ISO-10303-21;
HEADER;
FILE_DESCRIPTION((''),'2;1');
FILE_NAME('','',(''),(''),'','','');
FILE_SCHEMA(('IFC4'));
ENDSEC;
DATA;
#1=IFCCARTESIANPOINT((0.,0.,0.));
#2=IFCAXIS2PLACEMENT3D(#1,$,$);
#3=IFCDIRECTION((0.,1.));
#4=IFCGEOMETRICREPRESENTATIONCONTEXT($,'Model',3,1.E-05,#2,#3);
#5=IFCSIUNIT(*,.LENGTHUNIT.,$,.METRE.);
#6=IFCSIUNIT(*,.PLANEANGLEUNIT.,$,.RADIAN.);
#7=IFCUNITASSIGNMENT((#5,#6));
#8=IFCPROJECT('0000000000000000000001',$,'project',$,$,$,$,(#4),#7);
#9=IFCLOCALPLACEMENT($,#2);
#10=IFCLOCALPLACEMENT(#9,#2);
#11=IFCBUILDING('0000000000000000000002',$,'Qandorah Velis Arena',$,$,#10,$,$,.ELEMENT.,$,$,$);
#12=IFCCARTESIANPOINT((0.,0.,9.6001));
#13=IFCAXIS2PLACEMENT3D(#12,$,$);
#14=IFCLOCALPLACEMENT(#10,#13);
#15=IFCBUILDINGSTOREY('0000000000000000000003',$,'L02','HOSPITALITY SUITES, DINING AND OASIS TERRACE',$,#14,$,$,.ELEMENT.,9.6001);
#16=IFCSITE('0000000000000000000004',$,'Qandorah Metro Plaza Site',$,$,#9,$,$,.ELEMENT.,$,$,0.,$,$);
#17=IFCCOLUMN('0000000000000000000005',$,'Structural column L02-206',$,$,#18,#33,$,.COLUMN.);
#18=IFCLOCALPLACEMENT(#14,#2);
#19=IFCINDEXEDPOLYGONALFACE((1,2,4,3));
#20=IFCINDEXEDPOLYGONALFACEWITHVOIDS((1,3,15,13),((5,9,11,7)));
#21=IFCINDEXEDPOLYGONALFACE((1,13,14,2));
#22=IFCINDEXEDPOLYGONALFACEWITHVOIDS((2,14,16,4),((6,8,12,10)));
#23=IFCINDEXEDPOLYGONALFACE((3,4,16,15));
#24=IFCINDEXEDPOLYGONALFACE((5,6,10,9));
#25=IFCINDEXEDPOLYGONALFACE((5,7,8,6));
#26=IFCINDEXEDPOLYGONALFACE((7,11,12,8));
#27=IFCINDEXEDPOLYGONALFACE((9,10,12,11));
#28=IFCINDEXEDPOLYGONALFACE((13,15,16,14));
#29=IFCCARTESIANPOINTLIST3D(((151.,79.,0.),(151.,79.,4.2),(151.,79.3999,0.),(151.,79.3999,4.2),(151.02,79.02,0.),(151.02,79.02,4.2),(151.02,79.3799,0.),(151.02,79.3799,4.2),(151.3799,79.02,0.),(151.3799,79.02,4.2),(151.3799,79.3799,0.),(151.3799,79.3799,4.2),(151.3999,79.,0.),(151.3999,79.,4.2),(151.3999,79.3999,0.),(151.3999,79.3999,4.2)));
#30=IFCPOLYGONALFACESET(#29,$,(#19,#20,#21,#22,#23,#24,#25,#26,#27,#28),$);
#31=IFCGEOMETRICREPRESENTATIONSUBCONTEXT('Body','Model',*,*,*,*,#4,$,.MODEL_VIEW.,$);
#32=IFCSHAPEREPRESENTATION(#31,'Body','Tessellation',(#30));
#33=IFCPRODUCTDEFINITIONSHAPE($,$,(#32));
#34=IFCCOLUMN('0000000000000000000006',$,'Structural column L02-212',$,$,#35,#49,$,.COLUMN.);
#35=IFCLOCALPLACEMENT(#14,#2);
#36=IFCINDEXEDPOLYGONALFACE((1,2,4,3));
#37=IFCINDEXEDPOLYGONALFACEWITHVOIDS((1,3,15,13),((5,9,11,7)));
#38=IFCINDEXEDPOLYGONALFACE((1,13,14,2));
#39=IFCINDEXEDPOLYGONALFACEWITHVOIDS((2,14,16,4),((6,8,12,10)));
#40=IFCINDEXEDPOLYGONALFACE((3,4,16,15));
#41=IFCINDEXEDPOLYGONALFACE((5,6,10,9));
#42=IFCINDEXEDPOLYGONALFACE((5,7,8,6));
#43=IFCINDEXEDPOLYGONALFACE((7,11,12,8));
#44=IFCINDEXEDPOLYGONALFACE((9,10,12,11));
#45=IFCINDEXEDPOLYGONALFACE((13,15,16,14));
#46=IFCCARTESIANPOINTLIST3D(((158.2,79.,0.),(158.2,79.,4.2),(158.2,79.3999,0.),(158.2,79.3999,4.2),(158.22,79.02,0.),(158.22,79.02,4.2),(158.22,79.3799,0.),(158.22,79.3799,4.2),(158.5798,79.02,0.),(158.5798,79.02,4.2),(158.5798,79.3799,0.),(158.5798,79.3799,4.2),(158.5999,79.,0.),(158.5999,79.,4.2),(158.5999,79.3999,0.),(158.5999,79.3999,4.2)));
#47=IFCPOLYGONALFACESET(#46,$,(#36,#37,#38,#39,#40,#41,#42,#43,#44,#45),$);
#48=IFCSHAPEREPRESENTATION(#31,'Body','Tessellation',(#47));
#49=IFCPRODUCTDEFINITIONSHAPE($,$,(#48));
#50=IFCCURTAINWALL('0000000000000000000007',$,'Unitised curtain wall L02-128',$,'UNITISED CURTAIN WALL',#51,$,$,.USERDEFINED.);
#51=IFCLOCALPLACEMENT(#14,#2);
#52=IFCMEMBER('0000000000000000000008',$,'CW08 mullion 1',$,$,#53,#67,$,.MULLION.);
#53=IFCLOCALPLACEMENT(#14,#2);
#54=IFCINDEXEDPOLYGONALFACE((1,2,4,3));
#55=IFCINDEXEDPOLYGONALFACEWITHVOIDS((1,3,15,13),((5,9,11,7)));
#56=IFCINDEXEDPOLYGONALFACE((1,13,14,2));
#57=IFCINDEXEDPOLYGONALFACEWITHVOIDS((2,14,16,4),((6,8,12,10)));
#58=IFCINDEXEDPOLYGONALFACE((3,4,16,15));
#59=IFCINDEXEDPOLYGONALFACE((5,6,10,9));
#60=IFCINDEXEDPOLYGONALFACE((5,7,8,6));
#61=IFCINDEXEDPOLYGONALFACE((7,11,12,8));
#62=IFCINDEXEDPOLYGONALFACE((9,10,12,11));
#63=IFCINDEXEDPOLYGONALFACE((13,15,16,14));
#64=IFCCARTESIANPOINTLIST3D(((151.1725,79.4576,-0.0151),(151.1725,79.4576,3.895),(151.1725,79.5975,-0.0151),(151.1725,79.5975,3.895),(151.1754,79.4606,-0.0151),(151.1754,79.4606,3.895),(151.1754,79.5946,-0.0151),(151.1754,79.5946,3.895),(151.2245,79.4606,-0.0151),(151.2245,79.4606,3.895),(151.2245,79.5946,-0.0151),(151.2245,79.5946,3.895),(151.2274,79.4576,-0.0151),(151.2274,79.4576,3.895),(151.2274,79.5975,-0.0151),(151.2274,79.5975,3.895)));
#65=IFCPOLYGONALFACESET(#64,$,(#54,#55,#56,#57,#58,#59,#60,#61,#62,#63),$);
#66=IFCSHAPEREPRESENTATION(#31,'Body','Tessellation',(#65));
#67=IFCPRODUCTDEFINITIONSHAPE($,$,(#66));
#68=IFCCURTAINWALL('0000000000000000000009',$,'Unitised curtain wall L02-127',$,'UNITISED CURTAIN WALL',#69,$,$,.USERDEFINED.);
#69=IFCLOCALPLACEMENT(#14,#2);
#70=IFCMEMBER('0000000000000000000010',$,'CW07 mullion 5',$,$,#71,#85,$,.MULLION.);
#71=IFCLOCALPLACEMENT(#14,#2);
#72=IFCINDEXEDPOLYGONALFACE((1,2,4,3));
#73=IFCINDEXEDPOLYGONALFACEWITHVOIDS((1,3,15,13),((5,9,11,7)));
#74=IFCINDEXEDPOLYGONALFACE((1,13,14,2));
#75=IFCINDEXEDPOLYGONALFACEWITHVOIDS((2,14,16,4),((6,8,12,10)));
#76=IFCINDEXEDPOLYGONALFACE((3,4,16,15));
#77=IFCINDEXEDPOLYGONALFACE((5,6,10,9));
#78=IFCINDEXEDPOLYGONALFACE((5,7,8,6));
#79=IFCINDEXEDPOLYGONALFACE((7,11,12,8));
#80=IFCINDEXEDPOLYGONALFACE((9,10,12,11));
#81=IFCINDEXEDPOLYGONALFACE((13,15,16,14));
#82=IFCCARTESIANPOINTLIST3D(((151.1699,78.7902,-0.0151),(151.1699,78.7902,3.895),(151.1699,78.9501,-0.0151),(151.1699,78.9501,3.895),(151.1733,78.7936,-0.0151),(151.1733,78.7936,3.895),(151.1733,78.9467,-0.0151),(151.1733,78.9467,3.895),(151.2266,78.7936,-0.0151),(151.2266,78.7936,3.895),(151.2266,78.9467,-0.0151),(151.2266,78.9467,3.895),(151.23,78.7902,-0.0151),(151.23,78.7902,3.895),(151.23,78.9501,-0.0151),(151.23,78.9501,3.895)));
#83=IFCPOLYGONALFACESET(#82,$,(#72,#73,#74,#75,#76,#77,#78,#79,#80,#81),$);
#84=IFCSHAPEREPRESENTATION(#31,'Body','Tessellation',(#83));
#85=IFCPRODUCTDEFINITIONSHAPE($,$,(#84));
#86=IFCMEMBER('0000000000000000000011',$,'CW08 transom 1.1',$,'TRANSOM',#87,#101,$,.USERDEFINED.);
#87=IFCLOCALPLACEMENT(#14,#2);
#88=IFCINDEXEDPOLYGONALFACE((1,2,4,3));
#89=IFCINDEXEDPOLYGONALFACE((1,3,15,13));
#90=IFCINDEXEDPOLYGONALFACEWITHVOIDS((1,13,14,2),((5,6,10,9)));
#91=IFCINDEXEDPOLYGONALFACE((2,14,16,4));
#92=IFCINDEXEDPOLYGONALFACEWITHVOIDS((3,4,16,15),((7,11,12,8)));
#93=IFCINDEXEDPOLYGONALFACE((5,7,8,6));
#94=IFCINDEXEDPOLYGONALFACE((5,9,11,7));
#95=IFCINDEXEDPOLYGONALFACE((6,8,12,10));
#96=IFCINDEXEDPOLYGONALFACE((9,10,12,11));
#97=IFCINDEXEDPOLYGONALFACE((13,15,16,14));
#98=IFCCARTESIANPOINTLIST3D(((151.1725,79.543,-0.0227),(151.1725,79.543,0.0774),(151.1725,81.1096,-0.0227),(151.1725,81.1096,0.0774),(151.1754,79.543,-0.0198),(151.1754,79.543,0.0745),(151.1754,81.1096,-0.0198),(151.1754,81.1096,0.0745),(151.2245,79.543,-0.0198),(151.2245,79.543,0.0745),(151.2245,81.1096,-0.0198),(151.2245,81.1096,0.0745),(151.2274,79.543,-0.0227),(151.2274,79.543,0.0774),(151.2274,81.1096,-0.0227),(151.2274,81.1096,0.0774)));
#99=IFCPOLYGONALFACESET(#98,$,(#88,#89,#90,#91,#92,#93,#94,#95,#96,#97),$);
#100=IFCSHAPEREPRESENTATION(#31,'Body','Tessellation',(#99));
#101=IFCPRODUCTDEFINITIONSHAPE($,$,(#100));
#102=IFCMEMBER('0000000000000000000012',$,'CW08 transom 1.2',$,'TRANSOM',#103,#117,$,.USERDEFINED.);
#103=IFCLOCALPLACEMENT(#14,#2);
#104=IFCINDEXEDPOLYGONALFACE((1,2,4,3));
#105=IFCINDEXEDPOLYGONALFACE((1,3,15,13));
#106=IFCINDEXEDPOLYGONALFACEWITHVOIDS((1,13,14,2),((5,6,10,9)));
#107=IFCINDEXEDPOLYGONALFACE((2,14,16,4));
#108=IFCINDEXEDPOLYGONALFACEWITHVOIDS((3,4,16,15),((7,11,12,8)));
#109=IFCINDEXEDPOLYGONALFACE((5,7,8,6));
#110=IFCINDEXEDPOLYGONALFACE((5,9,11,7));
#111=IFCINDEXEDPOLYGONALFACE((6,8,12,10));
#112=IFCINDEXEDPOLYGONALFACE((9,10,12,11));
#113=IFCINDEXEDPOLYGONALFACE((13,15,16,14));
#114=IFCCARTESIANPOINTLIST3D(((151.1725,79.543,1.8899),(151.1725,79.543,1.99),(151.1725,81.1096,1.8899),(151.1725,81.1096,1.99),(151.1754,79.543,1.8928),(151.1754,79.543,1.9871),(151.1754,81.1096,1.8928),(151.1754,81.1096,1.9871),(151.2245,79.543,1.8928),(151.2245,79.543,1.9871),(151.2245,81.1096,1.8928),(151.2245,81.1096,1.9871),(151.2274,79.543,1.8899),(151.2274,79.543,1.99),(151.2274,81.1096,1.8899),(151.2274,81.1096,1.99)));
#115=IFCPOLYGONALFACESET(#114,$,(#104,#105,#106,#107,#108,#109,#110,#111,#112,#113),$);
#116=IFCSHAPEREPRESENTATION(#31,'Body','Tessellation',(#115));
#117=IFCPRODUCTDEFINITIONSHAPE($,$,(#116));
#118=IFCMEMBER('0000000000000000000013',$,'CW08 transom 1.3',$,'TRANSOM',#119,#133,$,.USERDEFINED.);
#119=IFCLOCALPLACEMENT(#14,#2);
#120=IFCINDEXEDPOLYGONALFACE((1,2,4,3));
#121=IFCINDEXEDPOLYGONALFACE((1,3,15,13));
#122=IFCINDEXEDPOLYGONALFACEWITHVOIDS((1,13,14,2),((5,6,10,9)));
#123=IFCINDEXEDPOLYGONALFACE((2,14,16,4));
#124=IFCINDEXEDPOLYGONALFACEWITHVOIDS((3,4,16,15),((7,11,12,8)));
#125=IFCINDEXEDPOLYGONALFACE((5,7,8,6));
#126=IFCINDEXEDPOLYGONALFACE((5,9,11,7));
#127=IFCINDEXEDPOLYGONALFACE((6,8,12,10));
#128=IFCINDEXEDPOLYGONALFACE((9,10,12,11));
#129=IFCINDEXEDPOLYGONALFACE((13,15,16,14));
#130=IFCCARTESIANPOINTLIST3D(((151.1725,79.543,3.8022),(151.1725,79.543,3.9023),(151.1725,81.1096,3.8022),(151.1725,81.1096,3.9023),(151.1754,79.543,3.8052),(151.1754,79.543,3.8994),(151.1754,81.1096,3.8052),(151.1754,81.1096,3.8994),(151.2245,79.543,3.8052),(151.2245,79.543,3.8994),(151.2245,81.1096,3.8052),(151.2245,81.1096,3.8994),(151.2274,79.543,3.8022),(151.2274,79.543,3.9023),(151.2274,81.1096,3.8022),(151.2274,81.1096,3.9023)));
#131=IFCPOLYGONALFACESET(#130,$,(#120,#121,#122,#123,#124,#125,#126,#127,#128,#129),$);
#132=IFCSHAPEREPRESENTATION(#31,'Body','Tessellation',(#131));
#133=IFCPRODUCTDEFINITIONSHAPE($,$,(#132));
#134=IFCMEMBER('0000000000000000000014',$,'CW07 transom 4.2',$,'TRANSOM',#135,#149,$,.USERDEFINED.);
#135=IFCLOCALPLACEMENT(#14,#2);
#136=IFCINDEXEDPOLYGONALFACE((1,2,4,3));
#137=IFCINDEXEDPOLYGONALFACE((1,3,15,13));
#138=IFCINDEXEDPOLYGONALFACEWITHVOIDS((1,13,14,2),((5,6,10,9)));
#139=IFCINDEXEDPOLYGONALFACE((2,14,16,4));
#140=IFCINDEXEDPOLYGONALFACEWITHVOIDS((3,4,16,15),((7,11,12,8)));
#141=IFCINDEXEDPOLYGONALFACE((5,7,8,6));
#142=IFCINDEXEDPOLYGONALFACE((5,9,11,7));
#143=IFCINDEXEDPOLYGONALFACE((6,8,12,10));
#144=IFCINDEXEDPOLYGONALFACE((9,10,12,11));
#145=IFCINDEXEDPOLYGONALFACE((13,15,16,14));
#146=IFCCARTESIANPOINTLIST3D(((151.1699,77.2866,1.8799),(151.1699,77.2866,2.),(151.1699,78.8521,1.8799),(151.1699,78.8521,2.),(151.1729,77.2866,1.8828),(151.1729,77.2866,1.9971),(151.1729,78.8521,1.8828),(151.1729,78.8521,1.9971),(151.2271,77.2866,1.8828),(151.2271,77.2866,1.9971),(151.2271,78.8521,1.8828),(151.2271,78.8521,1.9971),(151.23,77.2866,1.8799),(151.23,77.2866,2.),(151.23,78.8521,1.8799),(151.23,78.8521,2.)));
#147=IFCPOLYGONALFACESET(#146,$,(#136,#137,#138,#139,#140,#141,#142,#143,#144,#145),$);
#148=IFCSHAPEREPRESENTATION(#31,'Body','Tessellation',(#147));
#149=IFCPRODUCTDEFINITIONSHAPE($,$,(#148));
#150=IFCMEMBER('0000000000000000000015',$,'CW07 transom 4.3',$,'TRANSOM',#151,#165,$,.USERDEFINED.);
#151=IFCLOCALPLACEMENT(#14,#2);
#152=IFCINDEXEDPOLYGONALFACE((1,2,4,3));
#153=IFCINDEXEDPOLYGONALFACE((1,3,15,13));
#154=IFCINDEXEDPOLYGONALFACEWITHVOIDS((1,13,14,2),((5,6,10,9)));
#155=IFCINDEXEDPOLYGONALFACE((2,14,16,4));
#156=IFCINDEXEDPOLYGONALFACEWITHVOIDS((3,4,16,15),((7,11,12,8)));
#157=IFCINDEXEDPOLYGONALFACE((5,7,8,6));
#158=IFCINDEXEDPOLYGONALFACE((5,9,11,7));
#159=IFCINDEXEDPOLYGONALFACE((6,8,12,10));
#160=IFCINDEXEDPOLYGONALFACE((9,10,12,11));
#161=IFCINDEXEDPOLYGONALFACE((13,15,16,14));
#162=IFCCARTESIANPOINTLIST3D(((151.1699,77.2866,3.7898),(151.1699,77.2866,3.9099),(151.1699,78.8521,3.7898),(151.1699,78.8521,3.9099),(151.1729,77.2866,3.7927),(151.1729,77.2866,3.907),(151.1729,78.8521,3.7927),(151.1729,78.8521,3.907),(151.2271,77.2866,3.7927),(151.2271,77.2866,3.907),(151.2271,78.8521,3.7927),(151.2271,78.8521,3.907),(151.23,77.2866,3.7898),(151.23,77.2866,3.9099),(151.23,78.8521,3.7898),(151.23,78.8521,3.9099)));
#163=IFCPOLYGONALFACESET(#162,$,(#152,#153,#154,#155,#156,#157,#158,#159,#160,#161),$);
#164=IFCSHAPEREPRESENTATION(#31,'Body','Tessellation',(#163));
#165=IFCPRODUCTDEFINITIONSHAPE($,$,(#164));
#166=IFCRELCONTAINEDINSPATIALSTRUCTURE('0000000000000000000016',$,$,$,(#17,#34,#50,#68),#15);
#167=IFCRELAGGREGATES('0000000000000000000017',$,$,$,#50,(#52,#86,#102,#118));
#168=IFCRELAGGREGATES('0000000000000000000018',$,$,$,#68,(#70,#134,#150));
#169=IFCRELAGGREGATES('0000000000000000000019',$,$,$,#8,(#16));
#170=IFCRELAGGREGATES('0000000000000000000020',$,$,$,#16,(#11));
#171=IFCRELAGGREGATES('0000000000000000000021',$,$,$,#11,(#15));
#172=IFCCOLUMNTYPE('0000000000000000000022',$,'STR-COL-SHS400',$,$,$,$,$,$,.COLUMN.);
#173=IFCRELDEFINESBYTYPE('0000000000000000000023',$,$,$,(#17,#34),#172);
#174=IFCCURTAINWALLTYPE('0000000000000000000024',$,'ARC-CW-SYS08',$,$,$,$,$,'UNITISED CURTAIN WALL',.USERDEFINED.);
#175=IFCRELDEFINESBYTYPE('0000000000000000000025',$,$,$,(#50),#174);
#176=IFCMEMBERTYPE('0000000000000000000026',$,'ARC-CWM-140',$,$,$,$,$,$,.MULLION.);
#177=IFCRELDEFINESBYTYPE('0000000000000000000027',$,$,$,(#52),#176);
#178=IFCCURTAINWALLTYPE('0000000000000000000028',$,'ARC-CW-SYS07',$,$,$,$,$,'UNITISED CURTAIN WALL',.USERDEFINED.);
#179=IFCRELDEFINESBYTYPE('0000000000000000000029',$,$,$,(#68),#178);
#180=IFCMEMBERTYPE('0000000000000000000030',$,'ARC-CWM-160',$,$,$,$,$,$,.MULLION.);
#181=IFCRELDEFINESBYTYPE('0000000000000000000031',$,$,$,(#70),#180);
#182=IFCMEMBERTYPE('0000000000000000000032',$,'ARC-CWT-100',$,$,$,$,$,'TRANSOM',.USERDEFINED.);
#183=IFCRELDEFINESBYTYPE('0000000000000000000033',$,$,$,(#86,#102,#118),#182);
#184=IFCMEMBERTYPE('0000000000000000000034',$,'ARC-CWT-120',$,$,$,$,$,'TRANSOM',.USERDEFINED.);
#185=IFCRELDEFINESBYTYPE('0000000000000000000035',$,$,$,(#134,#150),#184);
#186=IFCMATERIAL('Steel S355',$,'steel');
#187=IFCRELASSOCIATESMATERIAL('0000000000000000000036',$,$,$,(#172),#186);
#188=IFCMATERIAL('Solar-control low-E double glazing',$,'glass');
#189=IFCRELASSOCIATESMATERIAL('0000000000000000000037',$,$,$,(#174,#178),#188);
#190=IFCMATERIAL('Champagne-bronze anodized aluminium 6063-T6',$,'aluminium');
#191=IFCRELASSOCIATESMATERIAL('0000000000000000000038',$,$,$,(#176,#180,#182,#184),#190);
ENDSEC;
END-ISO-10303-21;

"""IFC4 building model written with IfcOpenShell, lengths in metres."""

from ifc_helpers import new_model, si_unit, direction, frame, origin, origin_2d, place, context, subcontext, project, spatial, hollow_rectangle, extrude, material, material_profile, profile_set, type_object, element, aggregate, save


model = new_model("IFC4")

# Units and contexts
model_context = context("Model", 3, precision=1e-05, world=origin(), true_north=direction((0.0, 1.0)))
body_context = subcontext(model_context, "Body", "Model", "MODEL_VIEW")
ifc_project = project(units=[si_unit("LENGTHUNIT", "METRE"), si_unit("PLANEANGLEUNIT", "RADIAN")], contexts=[model_context])

# Site, building, storey
site_placement = place(None, origin())
site = spatial("IfcSite", under=ifc_project, at=site_placement, Name="Qandorah Metro Plaza Site", CompositionType="ELEMENT", RefElevation=0.0)
building_placement = place(site_placement, origin())
building = spatial("IfcBuilding", under=site, at=building_placement, Name="Qandorah Velis Arena", CompositionType="ELEMENT")
storey_placement = place(building_placement, frame((0.0, 0.0, 9.6001)))
storey = spatial("IfcBuildingStorey", under=building, at=storey_placement, Name="L02", Description="HOSPITALITY SUITES, DINING AND OASIS TERRACE", CompositionType="ELEMENT", Elevation=9.6001)

# Columns
ifc_material_1 = material(Name="Steel S355", Category="steel")
ifc_material_profile_1 = material_profile(ifc_material_1, hollow_rectangle(XDim=0.3999, YDim=0.3999, WallThickness=0.02, at=origin_2d()), Name="SHS 400x400x20")
ifc_profile_set_1 = profile_set([ifc_material_profile_1], Name="Steel S355")
column_type = type_object("IfcColumnType", Name="STR-COL-SHS400", PredefinedType="COLUMN", material=ifc_profile_set_1)
for number, where, z_axis, x_axis, name in (
    (1, (151.2, 79.2, 0.0), (0.0, 0.0, 1.0), (1.0, 0.0, 0.0), "Structural column L02-206"),
    (2, (158.3999, 79.2, 0.0), (0.0, 0.0, 1.0), (1.0, 0.0, 0.0), "Structural column L02-212"),
):
    element("IfcColumn", number, at=place(storey_placement, frame(where, z_axis=z_axis, x_axis=x_axis)), inside=storey, type_object=column_type, Name=name, PredefinedType="COLUMN", context=body_context, shape_type="SweptSolid", body=[
        extrude(hollow_rectangle(XDim=0.3999, YDim=0.3999, WallThickness=0.02, at=origin_2d()), origin(), (0.0, 0.0, 1.0), 4.2),
    ])

# Curtain walls, members
ifc_material_2 = material(Name="Solar-control low-E double glazing", Category="glass")
curtain_wall_type_1 = type_object("IfcCurtainWallType", Name="ARC-CW-SYS08", ElementType="UNITISED CURTAIN WALL", PredefinedType="USERDEFINED", material=ifc_material_2)
curtain_wall_1_placement = place(storey_placement, origin())
curtain_wall_1 = element("IfcCurtainWall", 3, at=curtain_wall_1_placement, inside=storey, type_object=curtain_wall_type_1, Name="Unitised curtain wall L02-128", ObjectType="UNITISED CURTAIN WALL", PredefinedType="USERDEFINED")
ifc_material_3 = material(Name="Champagne-bronze anodized aluminium 6063-T6", Category="aluminium")
ifc_material_profile_2 = material_profile(ifc_material_3, hollow_rectangle(XDim=0.0549, YDim=0.1399, WallThickness=0.0029, at=origin_2d()), Name="ALU MULLION 55x140")
ifc_profile_set_2 = profile_set([ifc_material_profile_2], Name="Champagne-bronze anodized aluminium 6063-T6")
member_type_1 = type_object("IfcMemberType", Name="ARC-CWM-140", PredefinedType="MULLION", material=ifc_profile_set_2)
member_1_placement = place(storey_placement, frame((151.2, 79.5276, -0.0151), z_axis=(0.0, 0.0, 1.0), x_axis=(-1.0, 0.0, 0.0)))
member_1 = element("IfcMember", 4, at=member_1_placement, type_object=member_type_1, Name="CW08 mullion 1", PredefinedType="MULLION", context=body_context, shape_type="SweptSolid", body=[
    extrude(hollow_rectangle(XDim=0.0549, YDim=0.1399, WallThickness=0.0029, at=origin_2d()), origin(), (0.0, 0.0, 1.0), 3.9102),
])
curtain_wall_type_2 = type_object("IfcCurtainWallType", Name="ARC-CW-SYS07", ElementType="UNITISED CURTAIN WALL", PredefinedType="USERDEFINED", material=ifc_material_2)
curtain_wall_2_placement = place(storey_placement, origin())
curtain_wall_2 = element("IfcCurtainWall", 5, at=curtain_wall_2_placement, inside=storey, type_object=curtain_wall_type_2, Name="Unitised curtain wall L02-127", ObjectType="UNITISED CURTAIN WALL", PredefinedType="USERDEFINED")
ifc_material_profile_3 = material_profile(ifc_material_3, hollow_rectangle(XDim=0.0601, YDim=0.1599, WallThickness=0.0034, at=origin_2d()), Name="ALU MULLION 60x160")
ifc_profile_set_3 = profile_set([ifc_material_profile_3], Name="Champagne-bronze anodized aluminium 6063-T6")
member_type_2 = type_object("IfcMemberType", Name="ARC-CWM-160", PredefinedType="MULLION", material=ifc_profile_set_3)
member_2_placement = place(storey_placement, frame((151.2, 78.8701, -0.0151), z_axis=(0.0, 0.0, 1.0), x_axis=(-1.0, 0.0, 0.0)))
member_2 = element("IfcMember", 6, at=member_2_placement, type_object=member_type_2, Name="CW07 mullion 5", PredefinedType="MULLION", context=body_context, shape_type="SweptSolid", body=[
    extrude(hollow_rectangle(XDim=0.0601, YDim=0.1599, WallThickness=0.0034, at=origin_2d()), origin(), (0.0, 0.0, 1.0), 3.9102),
])

# Members
ifc_material_profile_4 = material_profile(ifc_material_3, hollow_rectangle(XDim=0.0549, YDim=0.1001, WallThickness=0.0029, at=origin_2d()), Name="ALU TRANSOM 55x100")
ifc_profile_set_4 = profile_set([ifc_material_profile_4], Name="Champagne-bronze anodized aluminium 6063-T6")
member_type_3 = type_object("IfcMemberType", Name="ARC-CWT-100", ElementType="TRANSOM", PredefinedType="USERDEFINED", material=ifc_profile_set_4)
member_3_placement = place(storey_placement, frame((151.2, 79.543, 0.0273), z_axis=(0.0, 1.0, 0.0), x_axis=(-1.0, 0.0, 0.0)))
member_3 = element("IfcMember", 7, at=member_3_placement, type_object=member_type_3, Name="CW08 transom 1.1", ObjectType="TRANSOM", PredefinedType="USERDEFINED", context=body_context, shape_type="SweptSolid", body=[
    extrude(hollow_rectangle(XDim=0.0549, YDim=0.1001, WallThickness=0.0029, at=origin_2d()), origin(), (0.0, 0.0, 1.0), 1.5667),
])
member_4_placement = place(storey_placement, frame((151.2, 79.543, 1.9399), z_axis=(0.0, 1.0, 0.0), x_axis=(-1.0, 0.0, 0.0)))
member_4 = element("IfcMember", 8, at=member_4_placement, type_object=member_type_3, Name="CW08 transom 1.2", ObjectType="TRANSOM", PredefinedType="USERDEFINED", context=body_context, shape_type="SweptSolid", body=[
    extrude(hollow_rectangle(XDim=0.0549, YDim=0.1001, WallThickness=0.0029, at=origin_2d()), origin(), (0.0, 0.0, 1.0), 1.5667),
])
member_5_placement = place(storey_placement, frame((151.2, 79.543, 3.8523), z_axis=(0.0, 1.0, 0.0), x_axis=(-1.0, 0.0, 0.0)))
member_5 = element("IfcMember", 9, at=member_5_placement, type_object=member_type_3, Name="CW08 transom 1.3", ObjectType="TRANSOM", PredefinedType="USERDEFINED", context=body_context, shape_type="SweptSolid", body=[
    extrude(hollow_rectangle(XDim=0.0549, YDim=0.1001, WallThickness=0.0029, at=origin_2d()), origin(), (0.0, 0.0, 1.0), 1.5667),
])
aggregate(curtain_wall_1, [member_1, member_3, member_4, member_5])
ifc_material_profile_5 = material_profile(ifc_material_3, hollow_rectangle(XDim=0.0601, YDim=0.1201, WallThickness=0.0029, at=origin_2d()), Name="ALU TRANSOM 60x120")
ifc_profile_set_5 = profile_set([ifc_material_profile_5], Name="Champagne-bronze anodized aluminium 6063-T6")
member_type_4 = type_object("IfcMemberType", Name="ARC-CWT-120", ElementType="TRANSOM", PredefinedType="USERDEFINED", material=ifc_profile_set_5)
member_6_placement = place(storey_placement, frame((151.2, 77.2866, 1.9399), z_axis=(0.0, 1.0, 0.0), x_axis=(-1.0, 0.0, 0.0)))
member_6 = element("IfcMember", 10, at=member_6_placement, type_object=member_type_4, Name="CW07 transom 4.2", ObjectType="TRANSOM", PredefinedType="USERDEFINED", context=body_context, shape_type="SweptSolid", body=[
    extrude(hollow_rectangle(XDim=0.0601, YDim=0.1201, WallThickness=0.0029, at=origin_2d()), origin(), (0.0, 0.0, 1.0), 1.5654),
])
member_7_placement = place(storey_placement, frame((151.2, 77.2866, 3.8499), z_axis=(0.0, 1.0, 0.0), x_axis=(-1.0, 0.0, 0.0)))
member_7 = element("IfcMember", 11, at=member_7_placement, type_object=member_type_4, Name="CW07 transom 4.3", ObjectType="TRANSOM", PredefinedType="USERDEFINED", context=body_context, shape_type="SweptSolid", body=[
    extrude(hollow_rectangle(XDim=0.0601, YDim=0.1201, WallThickness=0.0029, at=origin_2d()), origin(), (0.0, 0.0, 1.0), 1.5654),
])

aggregate(curtain_wall_2, [member_2, member_6, member_7])

save(model, "model.ifc")
